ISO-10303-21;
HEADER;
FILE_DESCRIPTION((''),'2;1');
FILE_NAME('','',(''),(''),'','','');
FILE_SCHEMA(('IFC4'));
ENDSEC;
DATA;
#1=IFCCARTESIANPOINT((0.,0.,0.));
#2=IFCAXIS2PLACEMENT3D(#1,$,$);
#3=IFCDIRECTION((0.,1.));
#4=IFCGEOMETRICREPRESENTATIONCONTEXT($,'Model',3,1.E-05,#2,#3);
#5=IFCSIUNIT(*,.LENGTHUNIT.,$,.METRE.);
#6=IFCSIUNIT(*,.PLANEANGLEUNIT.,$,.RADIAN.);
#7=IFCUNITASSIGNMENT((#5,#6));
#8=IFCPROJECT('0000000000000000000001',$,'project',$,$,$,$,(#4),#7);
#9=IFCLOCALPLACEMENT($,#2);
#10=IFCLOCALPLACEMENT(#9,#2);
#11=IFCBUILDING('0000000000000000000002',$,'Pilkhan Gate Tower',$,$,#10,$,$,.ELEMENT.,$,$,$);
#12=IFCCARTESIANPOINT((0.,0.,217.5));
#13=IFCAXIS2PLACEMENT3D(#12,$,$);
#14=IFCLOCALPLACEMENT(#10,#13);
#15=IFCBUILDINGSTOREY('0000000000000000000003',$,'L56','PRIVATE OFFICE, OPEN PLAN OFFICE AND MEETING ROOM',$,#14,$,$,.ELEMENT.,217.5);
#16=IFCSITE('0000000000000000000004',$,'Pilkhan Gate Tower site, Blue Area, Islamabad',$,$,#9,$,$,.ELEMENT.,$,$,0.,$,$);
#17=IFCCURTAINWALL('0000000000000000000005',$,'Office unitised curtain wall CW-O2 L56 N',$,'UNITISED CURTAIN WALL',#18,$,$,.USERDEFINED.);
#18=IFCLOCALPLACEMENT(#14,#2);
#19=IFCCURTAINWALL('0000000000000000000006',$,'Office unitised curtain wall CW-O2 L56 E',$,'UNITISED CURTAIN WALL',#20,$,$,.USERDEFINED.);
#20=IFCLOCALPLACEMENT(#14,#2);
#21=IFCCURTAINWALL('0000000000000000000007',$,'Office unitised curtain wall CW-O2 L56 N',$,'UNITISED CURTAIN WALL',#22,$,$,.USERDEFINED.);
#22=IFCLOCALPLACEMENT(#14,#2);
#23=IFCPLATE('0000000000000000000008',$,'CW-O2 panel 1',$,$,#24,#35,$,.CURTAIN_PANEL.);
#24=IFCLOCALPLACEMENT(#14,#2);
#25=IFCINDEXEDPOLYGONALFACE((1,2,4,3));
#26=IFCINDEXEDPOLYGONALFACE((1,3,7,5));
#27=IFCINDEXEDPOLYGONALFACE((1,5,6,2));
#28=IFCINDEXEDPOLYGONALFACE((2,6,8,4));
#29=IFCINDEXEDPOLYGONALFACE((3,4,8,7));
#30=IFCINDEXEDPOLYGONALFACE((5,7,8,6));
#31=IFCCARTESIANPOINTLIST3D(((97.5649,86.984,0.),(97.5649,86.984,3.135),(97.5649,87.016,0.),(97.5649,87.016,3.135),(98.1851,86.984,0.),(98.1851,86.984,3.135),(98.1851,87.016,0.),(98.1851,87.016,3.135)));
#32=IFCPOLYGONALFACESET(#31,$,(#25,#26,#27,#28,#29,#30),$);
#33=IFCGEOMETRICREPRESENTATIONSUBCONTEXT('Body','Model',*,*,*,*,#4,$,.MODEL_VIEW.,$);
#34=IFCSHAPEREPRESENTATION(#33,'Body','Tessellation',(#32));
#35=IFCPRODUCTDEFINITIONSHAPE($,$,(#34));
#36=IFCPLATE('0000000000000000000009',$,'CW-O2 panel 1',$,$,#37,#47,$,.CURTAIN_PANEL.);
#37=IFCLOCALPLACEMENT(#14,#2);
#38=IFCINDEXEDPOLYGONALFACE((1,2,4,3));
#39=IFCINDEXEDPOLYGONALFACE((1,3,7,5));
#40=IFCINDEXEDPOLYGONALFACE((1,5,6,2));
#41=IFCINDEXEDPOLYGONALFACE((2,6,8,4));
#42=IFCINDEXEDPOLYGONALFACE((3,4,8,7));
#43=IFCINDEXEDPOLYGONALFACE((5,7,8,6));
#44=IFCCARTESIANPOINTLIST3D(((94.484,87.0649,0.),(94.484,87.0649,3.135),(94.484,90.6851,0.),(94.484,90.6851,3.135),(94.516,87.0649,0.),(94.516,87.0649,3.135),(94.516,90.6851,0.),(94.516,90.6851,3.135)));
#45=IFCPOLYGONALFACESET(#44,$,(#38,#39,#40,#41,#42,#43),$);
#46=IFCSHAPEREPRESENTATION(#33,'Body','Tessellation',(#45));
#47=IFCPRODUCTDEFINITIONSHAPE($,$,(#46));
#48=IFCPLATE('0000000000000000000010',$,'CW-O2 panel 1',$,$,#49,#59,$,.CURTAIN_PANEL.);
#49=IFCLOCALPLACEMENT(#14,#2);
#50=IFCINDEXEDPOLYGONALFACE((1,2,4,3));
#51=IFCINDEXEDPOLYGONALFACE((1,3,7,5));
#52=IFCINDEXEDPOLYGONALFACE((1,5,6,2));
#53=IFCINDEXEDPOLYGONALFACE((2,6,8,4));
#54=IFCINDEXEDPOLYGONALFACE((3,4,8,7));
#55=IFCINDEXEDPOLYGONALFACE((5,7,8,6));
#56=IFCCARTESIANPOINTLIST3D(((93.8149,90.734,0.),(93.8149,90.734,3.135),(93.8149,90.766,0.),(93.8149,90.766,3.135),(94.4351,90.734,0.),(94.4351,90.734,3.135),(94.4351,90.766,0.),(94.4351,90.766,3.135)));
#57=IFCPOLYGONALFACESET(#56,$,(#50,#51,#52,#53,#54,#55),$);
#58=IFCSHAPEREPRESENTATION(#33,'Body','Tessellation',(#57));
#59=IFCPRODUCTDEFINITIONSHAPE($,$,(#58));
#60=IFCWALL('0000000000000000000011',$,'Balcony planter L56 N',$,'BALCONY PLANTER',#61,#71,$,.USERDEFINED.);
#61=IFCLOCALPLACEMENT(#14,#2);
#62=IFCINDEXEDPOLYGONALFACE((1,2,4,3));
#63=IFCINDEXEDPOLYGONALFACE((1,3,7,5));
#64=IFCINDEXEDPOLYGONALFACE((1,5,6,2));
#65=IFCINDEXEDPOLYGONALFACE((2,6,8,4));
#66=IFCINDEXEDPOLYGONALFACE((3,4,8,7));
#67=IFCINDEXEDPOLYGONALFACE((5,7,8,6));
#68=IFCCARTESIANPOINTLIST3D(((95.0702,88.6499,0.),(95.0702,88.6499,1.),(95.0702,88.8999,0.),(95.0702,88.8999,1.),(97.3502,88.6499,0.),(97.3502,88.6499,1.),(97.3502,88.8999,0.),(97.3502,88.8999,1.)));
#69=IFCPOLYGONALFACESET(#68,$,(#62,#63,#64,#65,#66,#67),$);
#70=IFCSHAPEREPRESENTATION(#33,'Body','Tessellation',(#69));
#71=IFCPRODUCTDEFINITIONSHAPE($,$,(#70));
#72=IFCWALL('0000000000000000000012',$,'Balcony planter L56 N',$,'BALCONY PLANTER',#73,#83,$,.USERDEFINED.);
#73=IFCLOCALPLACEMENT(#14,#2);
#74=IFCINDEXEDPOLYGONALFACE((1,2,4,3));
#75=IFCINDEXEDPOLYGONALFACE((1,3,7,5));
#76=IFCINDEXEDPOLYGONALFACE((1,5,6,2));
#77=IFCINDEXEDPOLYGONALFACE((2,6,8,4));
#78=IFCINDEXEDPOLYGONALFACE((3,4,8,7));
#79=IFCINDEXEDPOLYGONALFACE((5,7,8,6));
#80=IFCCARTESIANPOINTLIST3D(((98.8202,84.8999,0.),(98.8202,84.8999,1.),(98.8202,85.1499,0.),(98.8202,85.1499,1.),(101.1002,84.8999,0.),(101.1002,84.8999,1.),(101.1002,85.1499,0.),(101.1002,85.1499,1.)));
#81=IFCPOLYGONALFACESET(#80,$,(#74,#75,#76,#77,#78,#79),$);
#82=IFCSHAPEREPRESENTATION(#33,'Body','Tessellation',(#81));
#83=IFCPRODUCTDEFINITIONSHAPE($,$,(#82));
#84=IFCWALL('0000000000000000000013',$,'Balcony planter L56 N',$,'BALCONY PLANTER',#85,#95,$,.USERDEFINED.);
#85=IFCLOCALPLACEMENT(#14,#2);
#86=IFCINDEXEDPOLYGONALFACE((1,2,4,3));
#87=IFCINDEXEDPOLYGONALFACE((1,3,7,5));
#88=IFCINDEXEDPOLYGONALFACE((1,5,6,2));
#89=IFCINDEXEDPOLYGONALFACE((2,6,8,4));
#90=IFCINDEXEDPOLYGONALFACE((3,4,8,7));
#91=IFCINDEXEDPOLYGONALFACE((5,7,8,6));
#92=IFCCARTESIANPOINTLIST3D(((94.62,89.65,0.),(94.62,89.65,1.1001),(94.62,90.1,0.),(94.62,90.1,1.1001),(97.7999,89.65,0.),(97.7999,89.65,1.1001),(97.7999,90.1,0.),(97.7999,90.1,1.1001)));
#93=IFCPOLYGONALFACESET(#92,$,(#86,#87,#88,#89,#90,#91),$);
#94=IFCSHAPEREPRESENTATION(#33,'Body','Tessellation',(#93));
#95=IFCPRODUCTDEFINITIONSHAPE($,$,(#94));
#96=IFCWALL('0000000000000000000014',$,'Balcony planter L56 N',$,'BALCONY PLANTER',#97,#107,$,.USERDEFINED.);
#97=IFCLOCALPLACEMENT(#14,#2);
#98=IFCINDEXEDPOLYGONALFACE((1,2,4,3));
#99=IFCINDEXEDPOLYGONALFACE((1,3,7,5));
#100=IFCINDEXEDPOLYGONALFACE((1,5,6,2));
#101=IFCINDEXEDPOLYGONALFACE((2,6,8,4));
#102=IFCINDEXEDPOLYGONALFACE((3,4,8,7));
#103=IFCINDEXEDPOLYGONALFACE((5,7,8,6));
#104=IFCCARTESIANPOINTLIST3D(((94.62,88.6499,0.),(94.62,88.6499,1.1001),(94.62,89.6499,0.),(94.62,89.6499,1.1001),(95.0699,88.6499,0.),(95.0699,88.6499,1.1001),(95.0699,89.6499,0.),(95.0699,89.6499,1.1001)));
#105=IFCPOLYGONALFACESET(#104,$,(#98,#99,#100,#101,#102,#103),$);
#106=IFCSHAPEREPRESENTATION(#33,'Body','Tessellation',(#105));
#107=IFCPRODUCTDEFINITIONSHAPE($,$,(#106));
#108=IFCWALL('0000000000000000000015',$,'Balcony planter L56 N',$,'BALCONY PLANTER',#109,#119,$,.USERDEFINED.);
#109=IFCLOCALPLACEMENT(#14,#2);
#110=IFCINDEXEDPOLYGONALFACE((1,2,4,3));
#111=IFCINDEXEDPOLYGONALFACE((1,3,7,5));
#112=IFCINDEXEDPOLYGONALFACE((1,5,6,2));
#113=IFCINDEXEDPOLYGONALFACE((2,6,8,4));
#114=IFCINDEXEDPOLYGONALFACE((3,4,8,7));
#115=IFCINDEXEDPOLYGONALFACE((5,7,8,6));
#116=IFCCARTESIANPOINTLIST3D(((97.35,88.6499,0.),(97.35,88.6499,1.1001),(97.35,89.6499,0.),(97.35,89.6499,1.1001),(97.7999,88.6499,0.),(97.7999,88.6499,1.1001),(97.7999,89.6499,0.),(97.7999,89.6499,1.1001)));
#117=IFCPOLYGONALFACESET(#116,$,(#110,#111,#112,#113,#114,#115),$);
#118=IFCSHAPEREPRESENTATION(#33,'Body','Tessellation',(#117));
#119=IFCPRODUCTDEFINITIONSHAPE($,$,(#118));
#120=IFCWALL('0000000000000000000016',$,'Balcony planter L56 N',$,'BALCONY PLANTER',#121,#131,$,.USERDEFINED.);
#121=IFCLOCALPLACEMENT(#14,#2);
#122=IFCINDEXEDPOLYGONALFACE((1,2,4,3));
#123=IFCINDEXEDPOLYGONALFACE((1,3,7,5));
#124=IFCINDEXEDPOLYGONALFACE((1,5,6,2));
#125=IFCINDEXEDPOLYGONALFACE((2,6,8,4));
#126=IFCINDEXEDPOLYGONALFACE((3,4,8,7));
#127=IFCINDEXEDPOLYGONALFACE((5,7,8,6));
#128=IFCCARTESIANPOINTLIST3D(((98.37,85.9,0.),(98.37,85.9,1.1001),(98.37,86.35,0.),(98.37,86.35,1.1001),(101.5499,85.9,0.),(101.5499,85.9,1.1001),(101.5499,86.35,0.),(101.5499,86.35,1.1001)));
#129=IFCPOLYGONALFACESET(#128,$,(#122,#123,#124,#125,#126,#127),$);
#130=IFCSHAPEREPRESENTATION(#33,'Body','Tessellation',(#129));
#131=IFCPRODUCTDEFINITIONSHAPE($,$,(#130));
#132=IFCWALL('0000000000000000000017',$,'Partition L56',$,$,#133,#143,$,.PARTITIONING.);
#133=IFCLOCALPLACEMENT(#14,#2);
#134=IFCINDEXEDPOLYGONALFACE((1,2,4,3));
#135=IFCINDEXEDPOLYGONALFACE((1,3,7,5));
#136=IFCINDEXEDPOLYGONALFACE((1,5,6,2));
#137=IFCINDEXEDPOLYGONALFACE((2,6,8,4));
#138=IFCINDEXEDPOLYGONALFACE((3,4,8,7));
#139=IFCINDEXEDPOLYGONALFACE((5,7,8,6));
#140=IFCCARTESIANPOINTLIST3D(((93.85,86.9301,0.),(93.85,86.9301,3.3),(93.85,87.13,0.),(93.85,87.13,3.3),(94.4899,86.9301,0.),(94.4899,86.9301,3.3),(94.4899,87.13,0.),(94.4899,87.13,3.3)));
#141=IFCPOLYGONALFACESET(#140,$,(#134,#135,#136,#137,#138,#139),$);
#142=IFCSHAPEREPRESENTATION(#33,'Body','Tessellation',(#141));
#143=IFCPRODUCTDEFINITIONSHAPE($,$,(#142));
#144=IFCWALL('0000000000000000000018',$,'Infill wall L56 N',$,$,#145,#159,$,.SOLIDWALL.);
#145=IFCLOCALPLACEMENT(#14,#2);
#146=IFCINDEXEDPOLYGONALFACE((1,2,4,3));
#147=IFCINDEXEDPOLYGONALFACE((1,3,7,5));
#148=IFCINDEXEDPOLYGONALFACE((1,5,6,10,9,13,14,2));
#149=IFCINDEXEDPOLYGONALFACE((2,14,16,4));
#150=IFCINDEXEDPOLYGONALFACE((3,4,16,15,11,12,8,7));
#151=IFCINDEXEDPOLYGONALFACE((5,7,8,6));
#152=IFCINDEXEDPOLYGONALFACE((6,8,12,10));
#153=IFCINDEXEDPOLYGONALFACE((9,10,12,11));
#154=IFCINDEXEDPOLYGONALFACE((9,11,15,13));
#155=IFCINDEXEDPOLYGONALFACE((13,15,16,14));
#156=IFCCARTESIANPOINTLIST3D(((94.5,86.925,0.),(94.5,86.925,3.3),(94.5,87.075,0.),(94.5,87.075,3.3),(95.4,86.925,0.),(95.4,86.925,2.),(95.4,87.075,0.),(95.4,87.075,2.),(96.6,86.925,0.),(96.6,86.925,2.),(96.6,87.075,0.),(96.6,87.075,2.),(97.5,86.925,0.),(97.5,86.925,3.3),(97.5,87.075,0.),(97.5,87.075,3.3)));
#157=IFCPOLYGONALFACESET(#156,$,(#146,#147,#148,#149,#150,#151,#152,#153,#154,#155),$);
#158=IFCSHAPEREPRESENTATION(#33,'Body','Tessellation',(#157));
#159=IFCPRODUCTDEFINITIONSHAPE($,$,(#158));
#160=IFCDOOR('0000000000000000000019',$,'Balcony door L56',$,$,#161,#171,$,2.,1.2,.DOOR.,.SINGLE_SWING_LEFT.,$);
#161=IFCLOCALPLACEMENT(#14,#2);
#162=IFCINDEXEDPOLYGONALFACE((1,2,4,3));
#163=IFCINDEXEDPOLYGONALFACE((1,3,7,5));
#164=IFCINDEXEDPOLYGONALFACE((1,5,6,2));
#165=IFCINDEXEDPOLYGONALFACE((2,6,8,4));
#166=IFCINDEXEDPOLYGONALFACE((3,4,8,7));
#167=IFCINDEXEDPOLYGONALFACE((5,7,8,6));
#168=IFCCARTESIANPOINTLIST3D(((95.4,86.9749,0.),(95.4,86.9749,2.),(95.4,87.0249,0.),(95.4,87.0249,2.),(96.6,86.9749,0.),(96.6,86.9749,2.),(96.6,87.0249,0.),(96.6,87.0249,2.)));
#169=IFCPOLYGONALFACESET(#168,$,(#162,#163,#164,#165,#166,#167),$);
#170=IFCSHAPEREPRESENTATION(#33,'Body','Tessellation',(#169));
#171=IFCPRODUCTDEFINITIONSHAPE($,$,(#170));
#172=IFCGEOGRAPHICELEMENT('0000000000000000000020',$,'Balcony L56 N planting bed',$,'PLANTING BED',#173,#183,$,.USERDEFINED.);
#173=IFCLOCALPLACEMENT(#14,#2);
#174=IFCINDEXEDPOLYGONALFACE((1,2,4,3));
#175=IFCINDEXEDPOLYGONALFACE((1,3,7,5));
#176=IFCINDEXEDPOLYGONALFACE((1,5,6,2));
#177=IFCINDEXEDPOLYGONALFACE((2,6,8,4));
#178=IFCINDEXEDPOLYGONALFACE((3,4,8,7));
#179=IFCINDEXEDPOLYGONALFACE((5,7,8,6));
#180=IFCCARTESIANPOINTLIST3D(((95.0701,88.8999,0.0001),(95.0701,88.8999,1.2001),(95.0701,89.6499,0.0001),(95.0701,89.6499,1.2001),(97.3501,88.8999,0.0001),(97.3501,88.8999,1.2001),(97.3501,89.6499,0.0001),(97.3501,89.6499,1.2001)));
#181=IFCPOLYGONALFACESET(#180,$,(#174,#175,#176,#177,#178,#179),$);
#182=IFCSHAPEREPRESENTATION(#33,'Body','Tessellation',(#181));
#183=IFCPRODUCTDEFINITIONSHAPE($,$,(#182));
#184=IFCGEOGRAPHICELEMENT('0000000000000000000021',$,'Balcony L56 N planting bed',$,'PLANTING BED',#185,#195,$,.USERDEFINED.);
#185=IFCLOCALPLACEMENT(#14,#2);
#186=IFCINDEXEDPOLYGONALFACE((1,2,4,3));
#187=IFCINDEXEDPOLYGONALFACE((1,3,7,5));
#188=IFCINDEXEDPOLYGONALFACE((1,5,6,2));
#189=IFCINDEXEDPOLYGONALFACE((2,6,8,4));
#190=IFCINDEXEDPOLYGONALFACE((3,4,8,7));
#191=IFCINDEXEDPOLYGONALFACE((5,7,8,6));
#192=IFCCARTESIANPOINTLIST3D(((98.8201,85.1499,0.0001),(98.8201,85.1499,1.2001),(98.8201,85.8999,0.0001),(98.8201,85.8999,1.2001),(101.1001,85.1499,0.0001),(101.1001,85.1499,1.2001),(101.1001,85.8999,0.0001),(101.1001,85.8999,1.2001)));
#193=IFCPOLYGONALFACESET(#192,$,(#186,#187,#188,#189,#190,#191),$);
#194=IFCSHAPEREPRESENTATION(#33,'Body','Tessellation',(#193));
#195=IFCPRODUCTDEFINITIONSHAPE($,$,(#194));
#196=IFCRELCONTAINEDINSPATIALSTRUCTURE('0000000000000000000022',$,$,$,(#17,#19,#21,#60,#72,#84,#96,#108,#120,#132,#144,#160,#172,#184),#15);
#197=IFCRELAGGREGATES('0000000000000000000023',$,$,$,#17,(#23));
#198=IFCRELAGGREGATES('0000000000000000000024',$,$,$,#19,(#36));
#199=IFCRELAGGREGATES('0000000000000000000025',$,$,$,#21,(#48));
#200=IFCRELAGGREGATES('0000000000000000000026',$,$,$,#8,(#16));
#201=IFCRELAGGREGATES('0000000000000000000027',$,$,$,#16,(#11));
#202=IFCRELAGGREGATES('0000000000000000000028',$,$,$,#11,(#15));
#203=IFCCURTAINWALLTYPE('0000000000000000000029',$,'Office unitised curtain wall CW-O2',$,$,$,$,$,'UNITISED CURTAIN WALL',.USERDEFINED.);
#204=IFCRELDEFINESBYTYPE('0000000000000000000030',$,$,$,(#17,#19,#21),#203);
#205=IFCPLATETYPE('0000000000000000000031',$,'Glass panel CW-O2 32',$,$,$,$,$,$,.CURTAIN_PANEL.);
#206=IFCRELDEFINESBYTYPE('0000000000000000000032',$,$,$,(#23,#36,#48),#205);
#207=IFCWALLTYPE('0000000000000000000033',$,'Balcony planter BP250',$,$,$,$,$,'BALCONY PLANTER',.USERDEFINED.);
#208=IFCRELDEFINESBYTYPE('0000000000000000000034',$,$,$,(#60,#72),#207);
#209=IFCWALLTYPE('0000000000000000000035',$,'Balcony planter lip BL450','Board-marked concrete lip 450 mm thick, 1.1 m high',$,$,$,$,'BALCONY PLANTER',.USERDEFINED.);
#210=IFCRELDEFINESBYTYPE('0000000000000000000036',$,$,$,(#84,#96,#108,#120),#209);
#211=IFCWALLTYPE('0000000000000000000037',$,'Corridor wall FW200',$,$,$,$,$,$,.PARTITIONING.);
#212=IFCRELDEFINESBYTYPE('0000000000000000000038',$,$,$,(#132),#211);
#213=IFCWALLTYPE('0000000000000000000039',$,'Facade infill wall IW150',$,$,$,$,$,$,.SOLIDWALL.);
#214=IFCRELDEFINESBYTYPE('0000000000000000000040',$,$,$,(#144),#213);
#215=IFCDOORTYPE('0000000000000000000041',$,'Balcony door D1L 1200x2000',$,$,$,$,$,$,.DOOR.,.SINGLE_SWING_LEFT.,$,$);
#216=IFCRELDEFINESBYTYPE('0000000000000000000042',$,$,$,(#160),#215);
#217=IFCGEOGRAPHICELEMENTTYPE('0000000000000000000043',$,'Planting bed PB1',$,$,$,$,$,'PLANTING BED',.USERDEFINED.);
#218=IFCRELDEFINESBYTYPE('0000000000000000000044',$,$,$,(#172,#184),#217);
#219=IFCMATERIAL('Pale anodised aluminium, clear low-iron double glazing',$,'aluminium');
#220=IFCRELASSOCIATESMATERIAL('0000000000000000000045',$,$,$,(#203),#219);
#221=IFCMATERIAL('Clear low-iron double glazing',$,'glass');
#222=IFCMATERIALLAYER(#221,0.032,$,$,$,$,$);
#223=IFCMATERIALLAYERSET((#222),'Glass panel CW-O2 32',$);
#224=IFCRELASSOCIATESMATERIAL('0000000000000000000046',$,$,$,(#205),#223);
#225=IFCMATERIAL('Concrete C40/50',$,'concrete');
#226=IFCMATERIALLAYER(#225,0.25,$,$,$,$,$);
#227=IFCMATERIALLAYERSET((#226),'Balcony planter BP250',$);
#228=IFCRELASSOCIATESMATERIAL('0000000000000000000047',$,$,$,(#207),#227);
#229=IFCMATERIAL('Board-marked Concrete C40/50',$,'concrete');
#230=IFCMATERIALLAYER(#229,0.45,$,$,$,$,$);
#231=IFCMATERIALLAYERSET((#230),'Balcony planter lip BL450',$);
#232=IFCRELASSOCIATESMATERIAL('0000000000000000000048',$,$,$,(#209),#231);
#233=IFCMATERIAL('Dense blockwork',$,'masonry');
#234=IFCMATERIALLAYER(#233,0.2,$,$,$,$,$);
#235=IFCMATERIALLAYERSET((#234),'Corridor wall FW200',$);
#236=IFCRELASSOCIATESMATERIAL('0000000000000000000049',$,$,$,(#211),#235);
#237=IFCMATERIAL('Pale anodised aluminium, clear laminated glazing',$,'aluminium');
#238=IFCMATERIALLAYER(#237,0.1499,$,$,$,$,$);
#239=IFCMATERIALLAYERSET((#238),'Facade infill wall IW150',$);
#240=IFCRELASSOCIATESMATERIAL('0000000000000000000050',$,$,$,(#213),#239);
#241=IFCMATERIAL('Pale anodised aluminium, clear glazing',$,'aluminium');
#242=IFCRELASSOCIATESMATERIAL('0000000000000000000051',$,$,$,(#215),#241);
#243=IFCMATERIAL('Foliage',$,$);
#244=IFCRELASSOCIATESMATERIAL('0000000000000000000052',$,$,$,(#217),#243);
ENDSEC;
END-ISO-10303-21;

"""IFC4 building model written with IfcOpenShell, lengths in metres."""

from ifc_helpers import new_model, si_unit, direction, frame, frame_2d, origin, origin_2d, place, context, subcontext, project, spatial, rectangle, extrude, material, layer, layer_set, material_profile, profile_set, type_object, element, fill, aggregate, save


model = new_model("IFC4")

# Units and contexts
model_context = context("Model", 3, precision=1e-05, world=origin(), true_north=direction((0.0, 1.0)))
body_context = subcontext(model_context, "Body", "Model", "MODEL_VIEW")
ifc_project = project(units=[si_unit("LENGTHUNIT", "METRE"), si_unit("PLANEANGLEUNIT", "RADIAN")], contexts=[model_context])

# Site, building, storey
site_placement = place(None, origin())
site = spatial("IfcSite", under=ifc_project, at=site_placement, Name="Pilkhan Gate Tower site, Blue Area, Islamabad", CompositionType="ELEMENT", RefElevation=0.0)
building_placement = place(site_placement, origin())
building = spatial("IfcBuilding", under=site, at=building_placement, Name="Pilkhan Gate Tower", CompositionType="ELEMENT")
storey_placement = place(building_placement, frame((0.0, 0.0, 217.5)))
storey = spatial("IfcBuildingStorey", under=building, at=storey_placement, Name="L56", Description="PRIVATE OFFICE, OPEN PLAN OFFICE AND MEETING ROOM", CompositionType="ELEMENT", Elevation=217.5)

# Shared definitions
ifc_material_1 = material(Name="Pale anodised aluminium, clear low-iron double glazing", Category="aluminium")
curtain_wall_type = type_object("IfcCurtainWallType", Name="Office unitised curtain wall CW-O2", ElementType="UNITISED CURTAIN WALL", PredefinedType="USERDEFINED", material=ifc_material_1)

# Curtain walls
curtain_wall_1_placement = place(storey_placement, origin())
curtain_wall_1 = element("IfcCurtainWall", 1, at=curtain_wall_1_placement, inside=storey, type_object=curtain_wall_type, Name="Office unitised curtain wall CW-O2 L56 N", ObjectType="UNITISED CURTAIN WALL", PredefinedType="USERDEFINED")
curtain_wall_2_placement = place(storey_placement, origin())
curtain_wall_2 = element("IfcCurtainWall", 2, at=curtain_wall_2_placement, inside=storey, type_object=curtain_wall_type, Name="Office unitised curtain wall CW-O2 L56 E", ObjectType="UNITISED CURTAIN WALL", PredefinedType="USERDEFINED")

# Curtain wall
curtain_wall_3_placement = place(storey_placement, origin())
curtain_wall_3 = element("IfcCurtainWall", 3, at=curtain_wall_3_placement, inside=storey, type_object=curtain_wall_type, Name="Office unitised curtain wall CW-O2 L56 N", ObjectType="UNITISED CURTAIN WALL", PredefinedType="USERDEFINED")

# Plates
ifc_material_2 = material(Name="Clear low-iron double glazing", Category="glass")
ifc_layer_1 = layer(ifc_material_2, 0.032)
ifc_layer_set_1 = layer_set([ifc_layer_1], Name="Glass panel CW-O2 32")
plate_type = type_object("IfcPlateType", Name="Glass panel CW-O2 32", PredefinedType="CURTAIN_PANEL", material=ifc_layer_set_1)
plate_1_placement = place(storey_placement, frame((97.875, 87.0, 0.0), z_axis=(0.0, 0.0, 1.0), x_axis=(1.0, 0.0, 0.0)))
plate_1 = element("IfcPlate", 4, at=plate_1_placement, type_object=plate_type, Name="CW-O2 panel 1", PredefinedType="CURTAIN_PANEL", context=body_context, shape_type="SweptSolid", body=[
    extrude(rectangle(XDim=0.6201, YDim=0.032, at=origin_2d()), origin(), (0.0, 0.0, 1.0), 3.135),
])
aggregate(curtain_wall_1, [plate_1])
plate_2_placement = place(storey_placement, frame((94.5, 88.875, 0.0), z_axis=(0.0, 0.0, 1.0), x_axis=(0.0, 1.0, 0.0)))
plate_2 = element("IfcPlate", 5, at=plate_2_placement, type_object=plate_type, Name="CW-O2 panel 1", PredefinedType="CURTAIN_PANEL", context=body_context, shape_type="SweptSolid", body=[
    extrude(rectangle(XDim=3.6201, YDim=0.032, at=origin_2d()), origin(), (0.0, 0.0, 1.0), 3.135),
])
aggregate(curtain_wall_2, [plate_2])
plate_3_placement = place(storey_placement, frame((94.125, 90.75, 0.0), z_axis=(0.0, 0.0, 1.0), x_axis=(1.0, 0.0, 0.0)))
plate_3 = element("IfcPlate", 6, at=plate_3_placement, type_object=plate_type, Name="CW-O2 panel 1", PredefinedType="CURTAIN_PANEL", context=body_context, shape_type="SweptSolid", body=[
    extrude(rectangle(XDim=0.6201, YDim=0.032, at=origin_2d()), origin(), (0.0, 0.0, 1.0), 3.135),
])
aggregate(curtain_wall_3, [plate_3])

# Walls
ifc_material_3 = material(Name="Concrete C40/50", Category="concrete")
ifc_layer_2 = layer(ifc_material_3, 0.25)
ifc_layer_set_2 = layer_set([ifc_layer_2], Name="Balcony planter BP250")
wall_type_1 = type_object("IfcWallType", Name="Balcony planter BP250", ElementType="BALCONY PLANTER", PredefinedType="USERDEFINED", material=ifc_layer_set_2)
for number, where, z_axis, x_axis, name in (
    (7, (95.0701, 88.7749, 0.0), (0.0, 0.0, 1.0), (1.0, 0.0, 0.0), "Balcony planter L56 N"),
    (8, (98.8201, 85.0249, 0.0), (0.0, 0.0, 1.0), (1.0, 0.0, 0.0), "Balcony planter L56 N"),
):
    element("IfcWall", number, at=place(storey_placement, frame(where, z_axis=z_axis, x_axis=x_axis)), inside=storey, type_object=wall_type_1, Name=name, ObjectType="BALCONY PLANTER", PredefinedType="USERDEFINED", context=body_context, shape_type="SweptSolid", body=[
        extrude(rectangle(XDim=2.28, YDim=0.25, at=frame_2d((1.1401, 0.0))), origin(), (0.0, 0.0, 1.0), 1.0),
    ])
ifc_material_4 = material(Name="Board-marked Concrete C40/50", Category="concrete")
ifc_layer_3 = layer(ifc_material_4, 0.45)
ifc_layer_set_3 = layer_set([ifc_layer_3], Name="Balcony planter lip BL450")
wall_type_2 = type_object("IfcWallType", Name="Balcony planter lip BL450", Description="Board-marked concrete lip 450 mm thick, 1.1 m high", ElementType="BALCONY PLANTER", PredefinedType="USERDEFINED", material=ifc_layer_set_3)
wall_1_placement = place(storey_placement, frame((94.6201, 89.875, 0.0), z_axis=(0.0, 0.0, 1.0), x_axis=(1.0, 0.0, 0.0)))
element("IfcWall", 9, at=wall_1_placement, inside=storey, type_object=wall_type_2, Name="Balcony planter L56 N", ObjectType="BALCONY PLANTER", PredefinedType="USERDEFINED", context=body_context, shape_type="SweptSolid", body=[
    extrude(rectangle(XDim=3.1799, YDim=0.45, at=frame_2d((1.5898, 0.0))), origin(), (0.0, 0.0, 1.0), 1.1001),
])
for number, where, z_axis, x_axis, name in (
    (10, (94.845, 88.6499, 0.0), (0.0, 0.0, 1.0), (0.0, 1.0, 0.0), "Balcony planter L56 N"),
    (11, (97.575, 88.6499, 0.0), (0.0, 0.0, 1.0), (0.0, 1.0, 0.0), "Balcony planter L56 N"),
):
    element("IfcWall", number, at=place(storey_placement, frame(where, z_axis=z_axis, x_axis=x_axis)), inside=storey, type_object=wall_type_2, Name=name, ObjectType="BALCONY PLANTER", PredefinedType="USERDEFINED", context=body_context, shape_type="SweptSolid", body=[
        extrude(rectangle(XDim=1.0, YDim=0.45, at=frame_2d((0.5, 0.0))), origin(), (0.0, 0.0, 1.0), 1.1001),
    ])
wall_2_placement = place(storey_placement, frame((98.3701, 86.125, 0.0), z_axis=(0.0, 0.0, 1.0), x_axis=(1.0, 0.0, 0.0)))
element("IfcWall", 12, at=wall_2_placement, inside=storey, type_object=wall_type_2, Name="Balcony planter L56 N", ObjectType="BALCONY PLANTER", PredefinedType="USERDEFINED", context=body_context, shape_type="SweptSolid", body=[
    extrude(rectangle(XDim=3.1799, YDim=0.45, at=frame_2d((1.5898, 0.0))), origin(), (0.0, 0.0, 1.0), 1.1001),
])
ifc_material_5 = material(Name="Dense blockwork", Category="masonry")
ifc_layer_4 = layer(ifc_material_5, 0.2)
ifc_layer_set_4 = layer_set([ifc_layer_4], Name="Corridor wall FW200")
wall_type_3 = type_object("IfcWallType", Name="Corridor wall FW200", PredefinedType="PARTITIONING", material=ifc_layer_set_4)
wall_3_placement = place(storey_placement, frame((93.8501, 87.03, 0.0), z_axis=(0.0, 0.0, 1.0), x_axis=(1.0, 0.0, 0.0)))
element("IfcWall", 13, at=wall_3_placement, inside=storey, type_object=wall_type_3, Name="Partition L56", PredefinedType="PARTITIONING", context=body_context, shape_type="SweptSolid", body=[
    extrude(rectangle(XDim=0.6399, YDim=0.2, at=frame_2d((0.3198, 0.0))), origin(), (0.0, 0.0, 1.0), 3.3),
])

# Wall, opening, door
ifc_material_6 = material(Name="Pale anodised aluminium, clear laminated glazing", Category="aluminium")
ifc_layer_5 = layer(ifc_material_6, 0.1499)
ifc_layer_set_5 = layer_set([ifc_layer_5], Name="Facade infill wall IW150")
wall_type_4 = type_object("IfcWallType", Name="Facade infill wall IW150", PredefinedType="SOLIDWALL", material=ifc_layer_set_5)
wall_4_placement = place(storey_placement, frame((94.5, 87.0, 0.0), z_axis=(0.0, 0.0, 1.0), x_axis=(1.0, 0.0, 0.0)))
wall_4 = element("IfcWall", 14, at=wall_4_placement, inside=storey, type_object=wall_type_4, Name="Infill wall L56 N", PredefinedType="SOLIDWALL", context=body_context, shape_type="SweptSolid", body=[
    extrude(rectangle(XDim=3.0, YDim=0.1499, at=frame_2d((1.5, 0.0))), origin(), (0.0, 0.0, 1.0), 3.3),
])
opening_placement = place(wall_4_placement, frame((0.8999, 0.0, 0.0)))
opening = element("IfcOpeningElement", 15, at=opening_placement, cuts=wall_4, PredefinedType="OPENING", context=body_context, shape_type="SweptSolid", body=[
    extrude(rectangle(XDim=1.2, YDim=2.0, at=frame_2d((0.6001, 1.0))), frame((0.0, 0.085, 0.0), z_axis=(0.0, -1.0, 0.0), x_axis=(1.0, 0.0, 0.0)), (0.0, 0.0, 1.0), 0.1699),
])
ifc_material_7 = material(Name="Pale anodised aluminium, clear glazing", Category="aluminium")
door_type = type_object("IfcDoorType", Name="Balcony door D1L 1200x2000", OperationType="SINGLE_SWING_LEFT", PredefinedType="DOOR", material=ifc_material_7)
door_placement = place(opening_placement, origin())
door = element("IfcDoor", 16, at=door_placement, inside=storey, type_object=door_type, Name="Balcony door L56", OperationType="SINGLE_SWING_LEFT", OverallHeight=2.0, OverallWidth=1.2, PredefinedType="DOOR", context=body_context, shape_type="SweptSolid", body=[
    extrude(rectangle(XDim=1.2, YDim=2.0, at=frame_2d((0.6001, 1.0))), frame((0.0, 0.0249, 0.0), z_axis=(0.0, -1.0, 0.0), x_axis=(1.0, 0.0, 0.0)), (0.0, 0.0, 1.0), 0.05),
])
fill(opening, door)

# Geographic elements
ifc_material_8 = material(Name="Foliage")
ifc_material_profile_1 = material_profile(ifc_material_8, rectangle(XDim=0.75, YDim=1.2, at=origin_2d()), Name="Bed 750x1200")
ifc_profile_set_1 = profile_set([ifc_material_profile_1], Name="Foliage")
geographic_element_type_1 = type_object("IfcGeographicElementType", Name="Planting bed PB1", ElementType="PLANTING BED", PredefinedType="USERDEFINED", material=ifc_profile_set_1)
for number, where, z_axis, x_axis, name in (
    (17, (95.0701, 89.2749, 0.6001), (1.0, 0.0, 0.0), (0.0, 1.0, 0.0), "Balcony L56 N planting bed"),
    (18, (98.8201, 85.5249, 0.6001), (1.0, 0.0, 0.0), (0.0, 1.0, 0.0), "Balcony L56 N planting bed"),
):
    element("IfcGeographicElement", number, at=place(storey_placement, frame(where, z_axis=z_axis, x_axis=x_axis)), inside=storey, type_object=geographic_element_type_1, Name=name, ObjectType="PLANTING BED", PredefinedType="USERDEFINED", context=body_context, shape_type="SweptSolid", body=[
        extrude(rectangle(XDim=0.75, YDim=1.2, at=origin_2d()), origin(), (0.0, 0.0, 1.0), 2.28),
    ])

save(model, "model.ifc")
